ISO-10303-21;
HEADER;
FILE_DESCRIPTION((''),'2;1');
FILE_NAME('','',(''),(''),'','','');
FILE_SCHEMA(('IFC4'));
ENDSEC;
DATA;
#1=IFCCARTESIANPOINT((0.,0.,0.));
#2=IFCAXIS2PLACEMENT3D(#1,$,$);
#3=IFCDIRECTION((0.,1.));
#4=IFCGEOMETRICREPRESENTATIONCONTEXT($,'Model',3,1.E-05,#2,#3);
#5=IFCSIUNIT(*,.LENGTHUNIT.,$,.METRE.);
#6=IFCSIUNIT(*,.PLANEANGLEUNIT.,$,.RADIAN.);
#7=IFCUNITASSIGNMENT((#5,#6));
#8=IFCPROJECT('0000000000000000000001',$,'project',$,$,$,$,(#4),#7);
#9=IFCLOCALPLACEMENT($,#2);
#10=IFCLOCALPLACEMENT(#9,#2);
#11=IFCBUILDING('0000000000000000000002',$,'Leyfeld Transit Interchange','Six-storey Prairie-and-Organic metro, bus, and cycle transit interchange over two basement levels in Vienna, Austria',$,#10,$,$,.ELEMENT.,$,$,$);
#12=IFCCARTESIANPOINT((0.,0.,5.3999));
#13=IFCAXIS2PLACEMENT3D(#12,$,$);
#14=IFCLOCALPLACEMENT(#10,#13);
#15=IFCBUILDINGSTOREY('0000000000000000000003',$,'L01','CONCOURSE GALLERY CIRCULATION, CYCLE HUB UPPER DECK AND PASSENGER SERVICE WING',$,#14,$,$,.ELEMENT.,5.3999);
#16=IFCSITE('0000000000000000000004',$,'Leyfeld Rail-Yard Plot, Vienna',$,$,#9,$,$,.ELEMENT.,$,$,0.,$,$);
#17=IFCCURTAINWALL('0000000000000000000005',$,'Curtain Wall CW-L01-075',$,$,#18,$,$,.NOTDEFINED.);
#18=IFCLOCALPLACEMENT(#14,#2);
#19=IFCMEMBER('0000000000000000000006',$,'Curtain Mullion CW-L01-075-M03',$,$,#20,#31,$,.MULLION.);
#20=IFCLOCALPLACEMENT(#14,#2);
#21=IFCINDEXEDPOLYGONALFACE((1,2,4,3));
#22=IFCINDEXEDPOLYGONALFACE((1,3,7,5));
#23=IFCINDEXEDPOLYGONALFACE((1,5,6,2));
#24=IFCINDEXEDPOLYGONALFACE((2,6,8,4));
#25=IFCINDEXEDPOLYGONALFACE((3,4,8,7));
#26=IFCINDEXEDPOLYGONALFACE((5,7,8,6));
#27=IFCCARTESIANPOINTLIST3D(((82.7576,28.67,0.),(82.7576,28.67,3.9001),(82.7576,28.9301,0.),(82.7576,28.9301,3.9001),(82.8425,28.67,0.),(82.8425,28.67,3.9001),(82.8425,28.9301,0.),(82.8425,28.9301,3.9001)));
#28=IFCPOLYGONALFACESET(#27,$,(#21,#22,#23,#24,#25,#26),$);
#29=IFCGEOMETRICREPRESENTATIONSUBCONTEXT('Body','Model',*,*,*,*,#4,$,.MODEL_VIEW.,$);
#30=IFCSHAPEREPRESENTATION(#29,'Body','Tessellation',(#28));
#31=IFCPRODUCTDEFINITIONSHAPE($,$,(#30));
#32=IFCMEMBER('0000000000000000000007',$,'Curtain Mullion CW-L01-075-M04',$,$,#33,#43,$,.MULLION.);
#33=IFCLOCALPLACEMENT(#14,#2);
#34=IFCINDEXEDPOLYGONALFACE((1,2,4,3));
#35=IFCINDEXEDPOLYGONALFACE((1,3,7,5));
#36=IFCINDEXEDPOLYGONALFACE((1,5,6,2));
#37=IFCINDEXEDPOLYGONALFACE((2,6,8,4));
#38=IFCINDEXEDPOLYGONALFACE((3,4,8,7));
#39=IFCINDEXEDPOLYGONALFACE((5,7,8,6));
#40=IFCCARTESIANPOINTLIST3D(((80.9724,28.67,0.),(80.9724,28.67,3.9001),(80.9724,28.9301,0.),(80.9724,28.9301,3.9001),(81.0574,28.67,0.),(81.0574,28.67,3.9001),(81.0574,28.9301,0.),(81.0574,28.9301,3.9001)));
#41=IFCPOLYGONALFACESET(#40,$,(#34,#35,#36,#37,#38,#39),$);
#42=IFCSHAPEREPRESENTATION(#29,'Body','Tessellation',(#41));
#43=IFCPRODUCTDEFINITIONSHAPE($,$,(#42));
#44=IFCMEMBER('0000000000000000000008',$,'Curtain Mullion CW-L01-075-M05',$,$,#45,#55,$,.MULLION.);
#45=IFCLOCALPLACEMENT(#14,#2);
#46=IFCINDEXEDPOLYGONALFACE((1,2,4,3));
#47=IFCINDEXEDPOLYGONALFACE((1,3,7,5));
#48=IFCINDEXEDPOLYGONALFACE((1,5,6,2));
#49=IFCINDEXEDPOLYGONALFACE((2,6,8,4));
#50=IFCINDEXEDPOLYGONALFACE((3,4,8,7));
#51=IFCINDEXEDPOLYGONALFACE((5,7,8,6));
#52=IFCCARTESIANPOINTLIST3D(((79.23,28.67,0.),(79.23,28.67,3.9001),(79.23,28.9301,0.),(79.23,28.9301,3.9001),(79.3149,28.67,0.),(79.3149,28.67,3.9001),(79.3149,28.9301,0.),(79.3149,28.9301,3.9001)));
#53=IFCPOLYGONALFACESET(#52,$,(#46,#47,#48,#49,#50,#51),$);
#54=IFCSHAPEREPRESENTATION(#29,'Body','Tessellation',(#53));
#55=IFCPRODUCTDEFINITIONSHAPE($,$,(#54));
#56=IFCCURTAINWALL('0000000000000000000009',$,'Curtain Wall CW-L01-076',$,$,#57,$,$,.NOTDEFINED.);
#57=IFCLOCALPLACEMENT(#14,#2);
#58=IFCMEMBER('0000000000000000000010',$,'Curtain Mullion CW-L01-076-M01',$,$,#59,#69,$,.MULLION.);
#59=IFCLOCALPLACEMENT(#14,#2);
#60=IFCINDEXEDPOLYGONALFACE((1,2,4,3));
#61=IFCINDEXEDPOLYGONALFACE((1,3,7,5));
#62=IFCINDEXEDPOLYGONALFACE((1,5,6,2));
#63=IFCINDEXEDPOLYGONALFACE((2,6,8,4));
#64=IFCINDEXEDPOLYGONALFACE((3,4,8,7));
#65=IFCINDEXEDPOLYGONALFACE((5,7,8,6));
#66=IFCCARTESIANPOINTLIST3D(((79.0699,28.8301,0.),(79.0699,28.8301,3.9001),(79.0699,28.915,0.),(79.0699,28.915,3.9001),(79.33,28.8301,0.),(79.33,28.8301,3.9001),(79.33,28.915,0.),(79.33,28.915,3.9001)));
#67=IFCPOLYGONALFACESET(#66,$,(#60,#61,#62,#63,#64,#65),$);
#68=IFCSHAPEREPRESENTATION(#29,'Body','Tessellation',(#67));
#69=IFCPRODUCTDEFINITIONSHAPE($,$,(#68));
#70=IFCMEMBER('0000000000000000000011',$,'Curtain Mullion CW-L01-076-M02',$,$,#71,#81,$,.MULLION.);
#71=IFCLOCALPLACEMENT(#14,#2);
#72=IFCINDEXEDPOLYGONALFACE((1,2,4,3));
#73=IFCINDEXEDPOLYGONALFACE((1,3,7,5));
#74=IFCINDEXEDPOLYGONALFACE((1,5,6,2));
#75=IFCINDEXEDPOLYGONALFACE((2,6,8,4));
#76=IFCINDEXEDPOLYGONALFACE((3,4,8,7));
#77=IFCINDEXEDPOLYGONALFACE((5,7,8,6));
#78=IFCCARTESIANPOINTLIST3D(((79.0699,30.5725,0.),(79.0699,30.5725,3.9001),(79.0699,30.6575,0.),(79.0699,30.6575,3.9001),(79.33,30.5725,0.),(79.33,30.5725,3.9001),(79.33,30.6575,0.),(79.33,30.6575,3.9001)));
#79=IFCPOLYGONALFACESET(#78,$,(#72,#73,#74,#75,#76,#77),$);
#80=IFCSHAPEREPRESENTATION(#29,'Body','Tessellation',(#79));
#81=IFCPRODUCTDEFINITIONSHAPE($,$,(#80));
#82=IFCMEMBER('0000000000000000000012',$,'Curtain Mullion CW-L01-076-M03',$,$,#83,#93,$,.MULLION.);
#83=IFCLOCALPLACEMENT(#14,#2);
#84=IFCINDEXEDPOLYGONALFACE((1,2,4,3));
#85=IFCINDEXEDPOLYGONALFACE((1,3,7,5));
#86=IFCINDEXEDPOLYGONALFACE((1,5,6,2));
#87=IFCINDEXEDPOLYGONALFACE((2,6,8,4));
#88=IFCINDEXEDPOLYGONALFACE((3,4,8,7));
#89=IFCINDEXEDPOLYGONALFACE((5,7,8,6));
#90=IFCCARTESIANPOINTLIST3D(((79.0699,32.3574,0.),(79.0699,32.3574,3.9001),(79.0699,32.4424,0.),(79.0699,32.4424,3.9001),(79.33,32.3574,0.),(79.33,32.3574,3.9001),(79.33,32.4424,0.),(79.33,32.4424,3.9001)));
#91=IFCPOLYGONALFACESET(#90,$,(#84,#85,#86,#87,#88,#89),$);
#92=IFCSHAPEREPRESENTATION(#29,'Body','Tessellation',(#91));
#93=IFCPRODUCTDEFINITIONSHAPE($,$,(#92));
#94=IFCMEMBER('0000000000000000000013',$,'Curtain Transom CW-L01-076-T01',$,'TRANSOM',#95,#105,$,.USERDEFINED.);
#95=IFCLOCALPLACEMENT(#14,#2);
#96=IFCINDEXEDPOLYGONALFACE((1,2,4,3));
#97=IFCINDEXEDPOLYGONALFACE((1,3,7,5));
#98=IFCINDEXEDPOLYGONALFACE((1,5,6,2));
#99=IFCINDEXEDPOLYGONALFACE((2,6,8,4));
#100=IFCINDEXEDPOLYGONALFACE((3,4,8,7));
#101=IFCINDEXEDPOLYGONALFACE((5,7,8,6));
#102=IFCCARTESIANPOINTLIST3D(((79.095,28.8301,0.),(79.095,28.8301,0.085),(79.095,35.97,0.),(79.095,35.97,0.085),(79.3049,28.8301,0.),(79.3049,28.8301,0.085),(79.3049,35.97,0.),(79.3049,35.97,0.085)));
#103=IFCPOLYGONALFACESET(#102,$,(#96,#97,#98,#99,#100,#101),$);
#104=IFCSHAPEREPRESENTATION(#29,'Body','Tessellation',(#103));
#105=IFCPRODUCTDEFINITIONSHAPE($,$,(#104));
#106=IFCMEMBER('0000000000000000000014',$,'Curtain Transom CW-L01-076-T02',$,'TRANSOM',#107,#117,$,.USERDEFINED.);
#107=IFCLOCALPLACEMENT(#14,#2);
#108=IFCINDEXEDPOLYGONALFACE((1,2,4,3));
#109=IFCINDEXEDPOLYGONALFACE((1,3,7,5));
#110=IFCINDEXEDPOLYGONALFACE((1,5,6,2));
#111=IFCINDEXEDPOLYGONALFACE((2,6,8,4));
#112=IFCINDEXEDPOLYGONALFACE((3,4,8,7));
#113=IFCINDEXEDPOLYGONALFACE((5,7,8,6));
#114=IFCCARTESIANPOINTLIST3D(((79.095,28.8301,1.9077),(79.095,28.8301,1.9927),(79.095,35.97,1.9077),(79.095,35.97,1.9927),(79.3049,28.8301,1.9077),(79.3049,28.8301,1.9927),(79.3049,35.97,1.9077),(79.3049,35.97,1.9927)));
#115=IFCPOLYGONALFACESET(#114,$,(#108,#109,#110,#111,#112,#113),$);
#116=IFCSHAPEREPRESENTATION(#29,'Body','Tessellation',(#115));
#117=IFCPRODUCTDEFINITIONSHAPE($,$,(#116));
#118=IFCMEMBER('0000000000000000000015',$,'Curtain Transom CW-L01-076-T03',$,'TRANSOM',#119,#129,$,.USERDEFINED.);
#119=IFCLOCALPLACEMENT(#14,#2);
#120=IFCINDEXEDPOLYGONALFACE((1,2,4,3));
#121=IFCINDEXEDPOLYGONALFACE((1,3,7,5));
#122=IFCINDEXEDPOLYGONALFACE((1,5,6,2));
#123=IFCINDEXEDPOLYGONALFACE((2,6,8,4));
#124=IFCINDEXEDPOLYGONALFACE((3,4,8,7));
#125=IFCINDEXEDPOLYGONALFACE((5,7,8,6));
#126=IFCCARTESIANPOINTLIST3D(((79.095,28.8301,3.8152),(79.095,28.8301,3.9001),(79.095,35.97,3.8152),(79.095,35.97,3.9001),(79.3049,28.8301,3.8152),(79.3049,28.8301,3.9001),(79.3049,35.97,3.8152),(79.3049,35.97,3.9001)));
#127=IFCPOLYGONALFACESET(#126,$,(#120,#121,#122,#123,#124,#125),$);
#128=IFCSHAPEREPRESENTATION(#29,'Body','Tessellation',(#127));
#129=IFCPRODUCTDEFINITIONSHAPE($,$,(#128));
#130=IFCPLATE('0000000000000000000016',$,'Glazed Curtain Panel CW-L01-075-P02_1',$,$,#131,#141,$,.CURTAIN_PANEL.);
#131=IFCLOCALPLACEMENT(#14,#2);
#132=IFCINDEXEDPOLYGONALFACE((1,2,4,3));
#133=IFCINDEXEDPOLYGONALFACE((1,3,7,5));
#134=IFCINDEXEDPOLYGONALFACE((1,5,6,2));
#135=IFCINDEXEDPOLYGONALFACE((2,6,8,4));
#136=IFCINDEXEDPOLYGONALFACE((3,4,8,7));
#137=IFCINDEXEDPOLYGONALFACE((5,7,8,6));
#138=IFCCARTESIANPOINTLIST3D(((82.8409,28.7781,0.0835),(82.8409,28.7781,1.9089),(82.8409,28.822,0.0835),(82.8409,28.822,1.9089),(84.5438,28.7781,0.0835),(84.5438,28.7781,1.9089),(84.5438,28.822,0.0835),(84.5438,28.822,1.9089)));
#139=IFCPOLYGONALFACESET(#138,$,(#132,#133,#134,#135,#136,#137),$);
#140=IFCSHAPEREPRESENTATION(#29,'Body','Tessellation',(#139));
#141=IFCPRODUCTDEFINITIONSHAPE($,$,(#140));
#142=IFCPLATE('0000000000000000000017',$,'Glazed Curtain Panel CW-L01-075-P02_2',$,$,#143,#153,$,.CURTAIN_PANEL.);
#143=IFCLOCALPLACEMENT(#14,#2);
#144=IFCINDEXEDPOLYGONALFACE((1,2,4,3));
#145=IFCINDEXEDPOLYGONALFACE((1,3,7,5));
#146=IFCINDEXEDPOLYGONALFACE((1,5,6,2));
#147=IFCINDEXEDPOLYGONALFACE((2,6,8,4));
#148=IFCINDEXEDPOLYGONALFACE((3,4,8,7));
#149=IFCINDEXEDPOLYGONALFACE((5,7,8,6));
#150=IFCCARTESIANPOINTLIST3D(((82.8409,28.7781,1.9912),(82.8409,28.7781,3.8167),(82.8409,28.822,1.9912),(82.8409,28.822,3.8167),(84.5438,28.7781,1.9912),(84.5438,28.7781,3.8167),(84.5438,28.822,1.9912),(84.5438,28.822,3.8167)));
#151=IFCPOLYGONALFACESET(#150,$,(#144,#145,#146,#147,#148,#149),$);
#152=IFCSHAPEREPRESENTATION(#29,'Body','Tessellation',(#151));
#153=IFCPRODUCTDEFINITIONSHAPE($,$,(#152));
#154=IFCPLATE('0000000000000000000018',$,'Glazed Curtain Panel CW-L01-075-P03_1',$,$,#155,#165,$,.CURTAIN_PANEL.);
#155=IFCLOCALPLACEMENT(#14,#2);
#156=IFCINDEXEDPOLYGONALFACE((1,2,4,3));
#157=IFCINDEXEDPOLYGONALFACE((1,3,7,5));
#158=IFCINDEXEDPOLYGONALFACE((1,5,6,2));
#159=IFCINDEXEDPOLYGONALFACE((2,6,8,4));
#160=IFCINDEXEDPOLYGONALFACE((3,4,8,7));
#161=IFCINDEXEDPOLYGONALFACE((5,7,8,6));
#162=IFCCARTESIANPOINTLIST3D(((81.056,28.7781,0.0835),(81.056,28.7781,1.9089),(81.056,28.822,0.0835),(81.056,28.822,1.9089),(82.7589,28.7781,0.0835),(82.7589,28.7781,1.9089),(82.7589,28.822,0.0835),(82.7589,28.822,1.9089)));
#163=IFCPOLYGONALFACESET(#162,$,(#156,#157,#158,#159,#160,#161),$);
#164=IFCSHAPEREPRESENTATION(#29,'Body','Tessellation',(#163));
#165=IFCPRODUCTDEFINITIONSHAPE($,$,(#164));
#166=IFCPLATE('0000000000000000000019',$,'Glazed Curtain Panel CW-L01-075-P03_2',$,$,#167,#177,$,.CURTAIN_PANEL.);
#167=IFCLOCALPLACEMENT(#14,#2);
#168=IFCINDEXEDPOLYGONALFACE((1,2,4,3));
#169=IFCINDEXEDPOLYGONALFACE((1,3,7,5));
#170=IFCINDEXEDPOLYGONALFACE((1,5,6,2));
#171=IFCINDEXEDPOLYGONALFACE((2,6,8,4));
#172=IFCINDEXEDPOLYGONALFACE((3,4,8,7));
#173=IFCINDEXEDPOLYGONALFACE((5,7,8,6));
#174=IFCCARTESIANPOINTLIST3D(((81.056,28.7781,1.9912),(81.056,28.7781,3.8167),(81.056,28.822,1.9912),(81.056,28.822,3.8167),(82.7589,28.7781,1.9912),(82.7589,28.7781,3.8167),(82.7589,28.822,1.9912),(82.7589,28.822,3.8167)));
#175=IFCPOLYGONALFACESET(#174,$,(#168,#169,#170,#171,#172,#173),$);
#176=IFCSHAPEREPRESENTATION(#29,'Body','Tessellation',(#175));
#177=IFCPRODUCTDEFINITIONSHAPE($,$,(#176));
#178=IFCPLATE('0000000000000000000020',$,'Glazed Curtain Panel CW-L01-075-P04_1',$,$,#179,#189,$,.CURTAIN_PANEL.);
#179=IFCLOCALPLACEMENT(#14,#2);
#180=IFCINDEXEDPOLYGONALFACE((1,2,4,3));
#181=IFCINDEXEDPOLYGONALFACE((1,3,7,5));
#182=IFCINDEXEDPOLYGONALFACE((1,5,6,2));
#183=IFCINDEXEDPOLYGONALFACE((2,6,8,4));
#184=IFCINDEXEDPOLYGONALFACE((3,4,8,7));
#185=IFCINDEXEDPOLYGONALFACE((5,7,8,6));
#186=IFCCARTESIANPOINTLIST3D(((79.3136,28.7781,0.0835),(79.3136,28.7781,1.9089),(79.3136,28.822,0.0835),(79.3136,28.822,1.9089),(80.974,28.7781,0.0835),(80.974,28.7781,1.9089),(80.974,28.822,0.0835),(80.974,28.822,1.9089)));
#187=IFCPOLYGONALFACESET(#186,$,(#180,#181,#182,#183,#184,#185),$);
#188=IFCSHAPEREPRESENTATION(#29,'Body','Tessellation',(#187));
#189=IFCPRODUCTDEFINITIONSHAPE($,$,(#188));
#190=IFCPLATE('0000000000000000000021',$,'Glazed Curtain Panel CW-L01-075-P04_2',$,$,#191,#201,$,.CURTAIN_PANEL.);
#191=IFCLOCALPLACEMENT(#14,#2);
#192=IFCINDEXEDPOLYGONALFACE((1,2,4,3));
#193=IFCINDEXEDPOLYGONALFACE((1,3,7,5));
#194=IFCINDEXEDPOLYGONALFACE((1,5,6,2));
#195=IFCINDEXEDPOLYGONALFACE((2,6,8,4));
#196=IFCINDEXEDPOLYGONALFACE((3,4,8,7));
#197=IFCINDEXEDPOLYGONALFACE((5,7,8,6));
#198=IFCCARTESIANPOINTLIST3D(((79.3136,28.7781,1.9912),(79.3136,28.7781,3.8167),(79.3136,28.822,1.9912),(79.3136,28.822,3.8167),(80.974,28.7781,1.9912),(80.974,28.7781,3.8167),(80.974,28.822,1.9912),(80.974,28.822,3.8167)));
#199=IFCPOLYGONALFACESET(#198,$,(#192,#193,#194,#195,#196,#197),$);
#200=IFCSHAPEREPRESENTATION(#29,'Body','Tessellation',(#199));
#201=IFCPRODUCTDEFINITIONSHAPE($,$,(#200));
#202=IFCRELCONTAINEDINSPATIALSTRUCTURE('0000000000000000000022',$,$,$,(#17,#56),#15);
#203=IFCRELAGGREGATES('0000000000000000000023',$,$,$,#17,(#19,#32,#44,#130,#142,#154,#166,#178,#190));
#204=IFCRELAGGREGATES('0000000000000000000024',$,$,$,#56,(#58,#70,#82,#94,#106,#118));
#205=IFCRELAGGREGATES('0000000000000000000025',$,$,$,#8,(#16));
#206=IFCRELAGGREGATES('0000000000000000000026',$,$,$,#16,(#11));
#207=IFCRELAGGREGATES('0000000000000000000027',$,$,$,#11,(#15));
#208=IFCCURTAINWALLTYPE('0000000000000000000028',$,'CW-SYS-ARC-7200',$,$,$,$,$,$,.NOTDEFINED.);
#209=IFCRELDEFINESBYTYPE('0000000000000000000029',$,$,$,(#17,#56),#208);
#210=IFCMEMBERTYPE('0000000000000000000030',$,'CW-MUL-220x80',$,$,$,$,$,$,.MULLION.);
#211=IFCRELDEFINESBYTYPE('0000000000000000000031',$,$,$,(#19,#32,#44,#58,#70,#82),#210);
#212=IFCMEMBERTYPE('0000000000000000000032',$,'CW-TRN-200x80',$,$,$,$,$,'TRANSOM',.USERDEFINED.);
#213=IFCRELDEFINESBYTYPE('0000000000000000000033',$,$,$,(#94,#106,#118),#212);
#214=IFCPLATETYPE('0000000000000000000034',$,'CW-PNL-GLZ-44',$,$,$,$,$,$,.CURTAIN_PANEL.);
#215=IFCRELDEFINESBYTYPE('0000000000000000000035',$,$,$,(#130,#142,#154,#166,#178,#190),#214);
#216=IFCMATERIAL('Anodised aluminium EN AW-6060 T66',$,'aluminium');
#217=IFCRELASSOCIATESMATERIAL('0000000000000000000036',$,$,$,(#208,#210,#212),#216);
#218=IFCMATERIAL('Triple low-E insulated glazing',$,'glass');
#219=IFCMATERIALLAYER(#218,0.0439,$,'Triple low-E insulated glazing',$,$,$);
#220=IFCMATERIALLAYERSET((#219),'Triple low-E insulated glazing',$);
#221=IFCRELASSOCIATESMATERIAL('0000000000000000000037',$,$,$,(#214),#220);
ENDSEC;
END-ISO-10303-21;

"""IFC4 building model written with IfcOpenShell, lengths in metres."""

from ifc_helpers import new_model, si_unit, direction, frame, origin, origin_2d, place, context, subcontext, project, spatial, rectangle, extrude, material, layer, layer_set, material_profile, profile_set, type_object, element, aggregate, save


model = new_model("IFC4")

# Units and contexts
model_context = context("Model", 3, precision=1e-05, world=origin(), true_north=direction((0.0, 1.0)))
body_context = subcontext(model_context, "Body", "Model", "MODEL_VIEW")
ifc_project = project(units=[si_unit("LENGTHUNIT", "METRE"), si_unit("PLANEANGLEUNIT", "RADIAN")], contexts=[model_context])

# Site, building, storey
site_placement = place(None, origin())
site = spatial("IfcSite", under=ifc_project, at=site_placement, Name="Leyfeld Rail-Yard Plot, Vienna", CompositionType="ELEMENT", RefElevation=0.0)
building_placement = place(site_placement, origin())
building = spatial("IfcBuilding", under=site, at=building_placement, Name="Leyfeld Transit Interchange", Description="Six-storey Prairie-and-Organic metro, bus, and cycle transit interchange over two basement levels in Vienna, Austria", CompositionType="ELEMENT")
storey_placement = place(building_placement, frame((0.0, 0.0, 5.3999)))
storey = spatial("IfcBuildingStorey", under=building, at=storey_placement, Name="L01", Description="CONCOURSE GALLERY CIRCULATION, CYCLE HUB UPPER DECK AND PASSENGER SERVICE WING", CompositionType="ELEMENT", Elevation=5.3999)

# Curtain walls, members
ifc_material_1 = material(Name="Anodised aluminium EN AW-6060 T66", Category="aluminium")
curtain_wall_type = type_object("IfcCurtainWallType", Name="CW-SYS-ARC-7200", PredefinedType="NOTDEFINED", material=ifc_material_1)
curtain_wall_1_placement = place(storey_placement, origin())
curtain_wall_1 = element("IfcCurtainWall", 1, at=curtain_wall_1_placement, inside=storey, type_object=curtain_wall_type, Name="Curtain Wall CW-L01-075", PredefinedType="NOTDEFINED")
ifc_material_profile_1 = material_profile(ifc_material_1, rectangle(XDim=0.085, YDim=0.26, at=origin_2d()), Name="CW-M 85x260")
ifc_profile_set_1 = profile_set([ifc_material_profile_1], Name="Anodised aluminium EN AW-6060 T66")
member_type_1 = type_object("IfcMemberType", Name="CW-MUL-220x80", PredefinedType="MULLION", material=ifc_profile_set_1)
member_1_placement = place(storey_placement, frame((82.8, 28.8, 0.0), z_axis=(0.0, 0.0, 1.0), x_axis=(-1.0, 0.0, 0.0)))
member_1 = element("IfcMember", 2, at=member_1_placement, type_object=member_type_1, Name="Curtain Mullion CW-L01-075-M03", PredefinedType="MULLION", context=body_context, shape_type="SweptSolid", body=[
    extrude(rectangle(XDim=0.085, YDim=0.26, at=origin_2d()), origin(), (0.0, 0.0, 1.0), 3.9001),
])
member_2_placement = place(storey_placement, frame((81.0149, 28.8, 0.0), z_axis=(0.0, 0.0, 1.0), x_axis=(-1.0, 0.0, 0.0)))
member_2 = element("IfcMember", 3, at=member_2_placement, type_object=member_type_1, Name="Curtain Mullion CW-L01-075-M04", PredefinedType="MULLION", context=body_context, shape_type="SweptSolid", body=[
    extrude(rectangle(XDim=0.085, YDim=0.26, at=origin_2d()), origin(), (0.0, 0.0, 1.0), 3.9001),
])
member_3_placement = place(storey_placement, frame((79.2725, 28.8, 0.0), z_axis=(0.0, 0.0, 1.0), x_axis=(-1.0, 0.0, 0.0)))
member_3 = element("IfcMember", 4, at=member_3_placement, type_object=member_type_1, Name="Curtain Mullion CW-L01-075-M05", PredefinedType="MULLION", context=body_context, shape_type="SweptSolid", body=[
    extrude(rectangle(XDim=0.085, YDim=0.26, at=origin_2d()), origin(), (0.0, 0.0, 1.0), 3.9001),
])
curtain_wall_2_placement = place(storey_placement, origin())
curtain_wall_2 = element("IfcCurtainWall", 5, at=curtain_wall_2_placement, inside=storey, type_object=curtain_wall_type, Name="Curtain Wall CW-L01-076", PredefinedType="NOTDEFINED")
member_4_placement = place(storey_placement, frame((79.2, 28.8726, 0.0), z_axis=(0.0, 0.0, 1.0), x_axis=(0.0, 1.0, 0.0)))
member_4 = element("IfcMember", 6, at=member_4_placement, type_object=member_type_1, Name="Curtain Mullion CW-L01-076-M01", PredefinedType="MULLION", context=body_context, shape_type="SweptSolid", body=[
    extrude(rectangle(XDim=0.085, YDim=0.26, at=origin_2d()), origin(), (0.0, 0.0, 1.0), 3.9001),
])
member_5_placement = place(storey_placement, frame((79.2, 30.615, 0.0), z_axis=(0.0, 0.0, 1.0), x_axis=(0.0, 1.0, 0.0)))
member_5 = element("IfcMember", 7, at=member_5_placement, type_object=member_type_1, Name="Curtain Mullion CW-L01-076-M02", PredefinedType="MULLION", context=body_context, shape_type="SweptSolid", body=[
    extrude(rectangle(XDim=0.085, YDim=0.26, at=origin_2d()), origin(), (0.0, 0.0, 1.0), 3.9001),
])
member_6_placement = place(storey_placement, frame((79.2, 32.3999, 0.0), z_axis=(0.0, 0.0, 1.0), x_axis=(0.0, 1.0, 0.0)))
member_6 = element("IfcMember", 8, at=member_6_placement, type_object=member_type_1, Name="Curtain Mullion CW-L01-076-M03", PredefinedType="MULLION", context=body_context, shape_type="SweptSolid", body=[
    extrude(rectangle(XDim=0.085, YDim=0.26, at=origin_2d()), origin(), (0.0, 0.0, 1.0), 3.9001),
])
ifc_material_profile_2 = material_profile(ifc_material_1, rectangle(XDim=0.21, YDim=0.085, at=origin_2d()), Name="CW-TRN-200x80")
ifc_profile_set_2 = profile_set([ifc_material_profile_2], Name="Anodised aluminium EN AW-6060 T66")
member_type_2 = type_object("IfcMemberType", Name="CW-TRN-200x80", ElementType="TRANSOM", PredefinedType="USERDEFINED", material=ifc_profile_set_2)
member_7_placement = place(storey_placement, frame((79.2, 28.8301, 0.0425), z_axis=(0.0, 1.0, 0.0), x_axis=(-1.0, 0.0, 0.0)))
member_7 = element("IfcMember", 9, at=member_7_placement, type_object=member_type_2, Name="Curtain Transom CW-L01-076-T01", ObjectType="TRANSOM", PredefinedType="USERDEFINED", context=body_context, shape_type="SweptSolid", body=[
    extrude(rectangle(XDim=0.21, YDim=0.085, at=origin_2d()), origin(), (0.0, 0.0, 1.0), 7.1399),
])
member_8_placement = place(storey_placement, frame((79.2, 28.8301, 1.9502), z_axis=(0.0, 1.0, 0.0), x_axis=(-1.0, 0.0, 0.0)))
member_8 = element("IfcMember", 10, at=member_8_placement, type_object=member_type_2, Name="Curtain Transom CW-L01-076-T02", ObjectType="TRANSOM", PredefinedType="USERDEFINED", context=body_context, shape_type="SweptSolid", body=[
    extrude(rectangle(XDim=0.21, YDim=0.085, at=origin_2d()), origin(), (0.0, 0.0, 1.0), 7.1399),
])
member_9_placement = place(storey_placement, frame((79.2, 28.8301, 3.8577), z_axis=(0.0, 1.0, 0.0), x_axis=(-1.0, 0.0, 0.0)))
member_9 = element("IfcMember", 11, at=member_9_placement, type_object=member_type_2, Name="Curtain Transom CW-L01-076-T03", ObjectType="TRANSOM", PredefinedType="USERDEFINED", context=body_context, shape_type="SweptSolid", body=[
    extrude(rectangle(XDim=0.21, YDim=0.085, at=origin_2d()), origin(), (0.0, 0.0, 1.0), 7.1399),
])

# Plates
ifc_material_2 = material(Name="Triple low-E insulated glazing", Category="glass")
ifc_layer = layer(ifc_material_2, 0.0439, Name="Triple low-E insulated glazing")
ifc_layer_set = layer_set([ifc_layer], Name="Triple low-E insulated glazing")
plate_type = type_object("IfcPlateType", Name="CW-PNL-GLZ-44", PredefinedType="CURTAIN_PANEL", material=ifc_layer_set)
plate_1_placement = place(storey_placement, frame((83.6924, 28.8, 0.0835), z_axis=(0.0, 0.0, 1.0), x_axis=(-1.0, 0.0, 0.0)))
plate_1 = element("IfcPlate", 12, at=plate_1_placement, type_object=plate_type, Name="Glazed Curtain Panel CW-L01-075-P02_1", PredefinedType="CURTAIN_PANEL", context=body_context, shape_type="SweptSolid", body=[
    extrude(rectangle(XDim=1.7029, YDim=0.0439, at=origin_2d()), origin(), (0.0, 0.0, 1.0), 1.8254),
])
plate_2_placement = place(storey_placement, frame((83.6924, 28.8, 1.9912), z_axis=(0.0, 0.0, 1.0), x_axis=(-1.0, 0.0, 0.0)))
plate_2 = element("IfcPlate", 13, at=plate_2_placement, type_object=plate_type, Name="Glazed Curtain Panel CW-L01-075-P02_2", PredefinedType="CURTAIN_PANEL", context=body_context, shape_type="SweptSolid", body=[
    extrude(rectangle(XDim=1.7029, YDim=0.0439, at=origin_2d()), origin(), (0.0, 0.0, 1.0), 1.8254),
])
plate_3_placement = place(storey_placement, frame((81.9075, 28.8, 0.0835), z_axis=(0.0, 0.0, 1.0), x_axis=(-1.0, 0.0, 0.0)))
plate_3 = element("IfcPlate", 14, at=plate_3_placement, type_object=plate_type, Name="Glazed Curtain Panel CW-L01-075-P03_1", PredefinedType="CURTAIN_PANEL", context=body_context, shape_type="SweptSolid", body=[
    extrude(rectangle(XDim=1.7029, YDim=0.0439, at=origin_2d()), origin(), (0.0, 0.0, 1.0), 1.8254),
])
plate_4_placement = place(storey_placement, frame((81.9075, 28.8, 1.9912), z_axis=(0.0, 0.0, 1.0), x_axis=(-1.0, 0.0, 0.0)))
plate_4 = element("IfcPlate", 15, at=plate_4_placement, type_object=plate_type, Name="Glazed Curtain Panel CW-L01-075-P03_2", PredefinedType="CURTAIN_PANEL", context=body_context, shape_type="SweptSolid", body=[
    extrude(rectangle(XDim=1.7029, YDim=0.0439, at=origin_2d()), origin(), (0.0, 0.0, 1.0), 1.8254),
])
plate_5_placement = place(storey_placement, frame((80.1438, 28.8, 0.0835), z_axis=(0.0, 0.0, 1.0), x_axis=(-1.0, 0.0, 0.0)))
plate_5 = element("IfcPlate", 16, at=plate_5_placement, type_object=plate_type, Name="Glazed Curtain Panel CW-L01-075-P04_1", PredefinedType="CURTAIN_PANEL", context=body_context, shape_type="SweptSolid", body=[
    extrude(rectangle(XDim=1.6604, YDim=0.0439, at=origin_2d()), origin(), (0.0, 0.0, 1.0), 1.8254),
])
plate_6_placement = place(storey_placement, frame((80.1438, 28.8, 1.9912), z_axis=(0.0, 0.0, 1.0), x_axis=(-1.0, 0.0, 0.0)))
plate_6 = element("IfcPlate", 17, at=plate_6_placement, type_object=plate_type, Name="Glazed Curtain Panel CW-L01-075-P04_2", PredefinedType="CURTAIN_PANEL", context=body_context, shape_type="SweptSolid", body=[
    extrude(rectangle(XDim=1.6604, YDim=0.0439, at=origin_2d()), origin(), (0.0, 0.0, 1.0), 1.8254),
])
aggregate(curtain_wall_1, [member_1, member_2, member_3, plate_1, plate_2, plate_3, plate_4, plate_5, plate_6])
aggregate(curtain_wall_2, [member_4, member_5, member_6, member_7, member_8, member_9])

save(model, "model.ifc")
